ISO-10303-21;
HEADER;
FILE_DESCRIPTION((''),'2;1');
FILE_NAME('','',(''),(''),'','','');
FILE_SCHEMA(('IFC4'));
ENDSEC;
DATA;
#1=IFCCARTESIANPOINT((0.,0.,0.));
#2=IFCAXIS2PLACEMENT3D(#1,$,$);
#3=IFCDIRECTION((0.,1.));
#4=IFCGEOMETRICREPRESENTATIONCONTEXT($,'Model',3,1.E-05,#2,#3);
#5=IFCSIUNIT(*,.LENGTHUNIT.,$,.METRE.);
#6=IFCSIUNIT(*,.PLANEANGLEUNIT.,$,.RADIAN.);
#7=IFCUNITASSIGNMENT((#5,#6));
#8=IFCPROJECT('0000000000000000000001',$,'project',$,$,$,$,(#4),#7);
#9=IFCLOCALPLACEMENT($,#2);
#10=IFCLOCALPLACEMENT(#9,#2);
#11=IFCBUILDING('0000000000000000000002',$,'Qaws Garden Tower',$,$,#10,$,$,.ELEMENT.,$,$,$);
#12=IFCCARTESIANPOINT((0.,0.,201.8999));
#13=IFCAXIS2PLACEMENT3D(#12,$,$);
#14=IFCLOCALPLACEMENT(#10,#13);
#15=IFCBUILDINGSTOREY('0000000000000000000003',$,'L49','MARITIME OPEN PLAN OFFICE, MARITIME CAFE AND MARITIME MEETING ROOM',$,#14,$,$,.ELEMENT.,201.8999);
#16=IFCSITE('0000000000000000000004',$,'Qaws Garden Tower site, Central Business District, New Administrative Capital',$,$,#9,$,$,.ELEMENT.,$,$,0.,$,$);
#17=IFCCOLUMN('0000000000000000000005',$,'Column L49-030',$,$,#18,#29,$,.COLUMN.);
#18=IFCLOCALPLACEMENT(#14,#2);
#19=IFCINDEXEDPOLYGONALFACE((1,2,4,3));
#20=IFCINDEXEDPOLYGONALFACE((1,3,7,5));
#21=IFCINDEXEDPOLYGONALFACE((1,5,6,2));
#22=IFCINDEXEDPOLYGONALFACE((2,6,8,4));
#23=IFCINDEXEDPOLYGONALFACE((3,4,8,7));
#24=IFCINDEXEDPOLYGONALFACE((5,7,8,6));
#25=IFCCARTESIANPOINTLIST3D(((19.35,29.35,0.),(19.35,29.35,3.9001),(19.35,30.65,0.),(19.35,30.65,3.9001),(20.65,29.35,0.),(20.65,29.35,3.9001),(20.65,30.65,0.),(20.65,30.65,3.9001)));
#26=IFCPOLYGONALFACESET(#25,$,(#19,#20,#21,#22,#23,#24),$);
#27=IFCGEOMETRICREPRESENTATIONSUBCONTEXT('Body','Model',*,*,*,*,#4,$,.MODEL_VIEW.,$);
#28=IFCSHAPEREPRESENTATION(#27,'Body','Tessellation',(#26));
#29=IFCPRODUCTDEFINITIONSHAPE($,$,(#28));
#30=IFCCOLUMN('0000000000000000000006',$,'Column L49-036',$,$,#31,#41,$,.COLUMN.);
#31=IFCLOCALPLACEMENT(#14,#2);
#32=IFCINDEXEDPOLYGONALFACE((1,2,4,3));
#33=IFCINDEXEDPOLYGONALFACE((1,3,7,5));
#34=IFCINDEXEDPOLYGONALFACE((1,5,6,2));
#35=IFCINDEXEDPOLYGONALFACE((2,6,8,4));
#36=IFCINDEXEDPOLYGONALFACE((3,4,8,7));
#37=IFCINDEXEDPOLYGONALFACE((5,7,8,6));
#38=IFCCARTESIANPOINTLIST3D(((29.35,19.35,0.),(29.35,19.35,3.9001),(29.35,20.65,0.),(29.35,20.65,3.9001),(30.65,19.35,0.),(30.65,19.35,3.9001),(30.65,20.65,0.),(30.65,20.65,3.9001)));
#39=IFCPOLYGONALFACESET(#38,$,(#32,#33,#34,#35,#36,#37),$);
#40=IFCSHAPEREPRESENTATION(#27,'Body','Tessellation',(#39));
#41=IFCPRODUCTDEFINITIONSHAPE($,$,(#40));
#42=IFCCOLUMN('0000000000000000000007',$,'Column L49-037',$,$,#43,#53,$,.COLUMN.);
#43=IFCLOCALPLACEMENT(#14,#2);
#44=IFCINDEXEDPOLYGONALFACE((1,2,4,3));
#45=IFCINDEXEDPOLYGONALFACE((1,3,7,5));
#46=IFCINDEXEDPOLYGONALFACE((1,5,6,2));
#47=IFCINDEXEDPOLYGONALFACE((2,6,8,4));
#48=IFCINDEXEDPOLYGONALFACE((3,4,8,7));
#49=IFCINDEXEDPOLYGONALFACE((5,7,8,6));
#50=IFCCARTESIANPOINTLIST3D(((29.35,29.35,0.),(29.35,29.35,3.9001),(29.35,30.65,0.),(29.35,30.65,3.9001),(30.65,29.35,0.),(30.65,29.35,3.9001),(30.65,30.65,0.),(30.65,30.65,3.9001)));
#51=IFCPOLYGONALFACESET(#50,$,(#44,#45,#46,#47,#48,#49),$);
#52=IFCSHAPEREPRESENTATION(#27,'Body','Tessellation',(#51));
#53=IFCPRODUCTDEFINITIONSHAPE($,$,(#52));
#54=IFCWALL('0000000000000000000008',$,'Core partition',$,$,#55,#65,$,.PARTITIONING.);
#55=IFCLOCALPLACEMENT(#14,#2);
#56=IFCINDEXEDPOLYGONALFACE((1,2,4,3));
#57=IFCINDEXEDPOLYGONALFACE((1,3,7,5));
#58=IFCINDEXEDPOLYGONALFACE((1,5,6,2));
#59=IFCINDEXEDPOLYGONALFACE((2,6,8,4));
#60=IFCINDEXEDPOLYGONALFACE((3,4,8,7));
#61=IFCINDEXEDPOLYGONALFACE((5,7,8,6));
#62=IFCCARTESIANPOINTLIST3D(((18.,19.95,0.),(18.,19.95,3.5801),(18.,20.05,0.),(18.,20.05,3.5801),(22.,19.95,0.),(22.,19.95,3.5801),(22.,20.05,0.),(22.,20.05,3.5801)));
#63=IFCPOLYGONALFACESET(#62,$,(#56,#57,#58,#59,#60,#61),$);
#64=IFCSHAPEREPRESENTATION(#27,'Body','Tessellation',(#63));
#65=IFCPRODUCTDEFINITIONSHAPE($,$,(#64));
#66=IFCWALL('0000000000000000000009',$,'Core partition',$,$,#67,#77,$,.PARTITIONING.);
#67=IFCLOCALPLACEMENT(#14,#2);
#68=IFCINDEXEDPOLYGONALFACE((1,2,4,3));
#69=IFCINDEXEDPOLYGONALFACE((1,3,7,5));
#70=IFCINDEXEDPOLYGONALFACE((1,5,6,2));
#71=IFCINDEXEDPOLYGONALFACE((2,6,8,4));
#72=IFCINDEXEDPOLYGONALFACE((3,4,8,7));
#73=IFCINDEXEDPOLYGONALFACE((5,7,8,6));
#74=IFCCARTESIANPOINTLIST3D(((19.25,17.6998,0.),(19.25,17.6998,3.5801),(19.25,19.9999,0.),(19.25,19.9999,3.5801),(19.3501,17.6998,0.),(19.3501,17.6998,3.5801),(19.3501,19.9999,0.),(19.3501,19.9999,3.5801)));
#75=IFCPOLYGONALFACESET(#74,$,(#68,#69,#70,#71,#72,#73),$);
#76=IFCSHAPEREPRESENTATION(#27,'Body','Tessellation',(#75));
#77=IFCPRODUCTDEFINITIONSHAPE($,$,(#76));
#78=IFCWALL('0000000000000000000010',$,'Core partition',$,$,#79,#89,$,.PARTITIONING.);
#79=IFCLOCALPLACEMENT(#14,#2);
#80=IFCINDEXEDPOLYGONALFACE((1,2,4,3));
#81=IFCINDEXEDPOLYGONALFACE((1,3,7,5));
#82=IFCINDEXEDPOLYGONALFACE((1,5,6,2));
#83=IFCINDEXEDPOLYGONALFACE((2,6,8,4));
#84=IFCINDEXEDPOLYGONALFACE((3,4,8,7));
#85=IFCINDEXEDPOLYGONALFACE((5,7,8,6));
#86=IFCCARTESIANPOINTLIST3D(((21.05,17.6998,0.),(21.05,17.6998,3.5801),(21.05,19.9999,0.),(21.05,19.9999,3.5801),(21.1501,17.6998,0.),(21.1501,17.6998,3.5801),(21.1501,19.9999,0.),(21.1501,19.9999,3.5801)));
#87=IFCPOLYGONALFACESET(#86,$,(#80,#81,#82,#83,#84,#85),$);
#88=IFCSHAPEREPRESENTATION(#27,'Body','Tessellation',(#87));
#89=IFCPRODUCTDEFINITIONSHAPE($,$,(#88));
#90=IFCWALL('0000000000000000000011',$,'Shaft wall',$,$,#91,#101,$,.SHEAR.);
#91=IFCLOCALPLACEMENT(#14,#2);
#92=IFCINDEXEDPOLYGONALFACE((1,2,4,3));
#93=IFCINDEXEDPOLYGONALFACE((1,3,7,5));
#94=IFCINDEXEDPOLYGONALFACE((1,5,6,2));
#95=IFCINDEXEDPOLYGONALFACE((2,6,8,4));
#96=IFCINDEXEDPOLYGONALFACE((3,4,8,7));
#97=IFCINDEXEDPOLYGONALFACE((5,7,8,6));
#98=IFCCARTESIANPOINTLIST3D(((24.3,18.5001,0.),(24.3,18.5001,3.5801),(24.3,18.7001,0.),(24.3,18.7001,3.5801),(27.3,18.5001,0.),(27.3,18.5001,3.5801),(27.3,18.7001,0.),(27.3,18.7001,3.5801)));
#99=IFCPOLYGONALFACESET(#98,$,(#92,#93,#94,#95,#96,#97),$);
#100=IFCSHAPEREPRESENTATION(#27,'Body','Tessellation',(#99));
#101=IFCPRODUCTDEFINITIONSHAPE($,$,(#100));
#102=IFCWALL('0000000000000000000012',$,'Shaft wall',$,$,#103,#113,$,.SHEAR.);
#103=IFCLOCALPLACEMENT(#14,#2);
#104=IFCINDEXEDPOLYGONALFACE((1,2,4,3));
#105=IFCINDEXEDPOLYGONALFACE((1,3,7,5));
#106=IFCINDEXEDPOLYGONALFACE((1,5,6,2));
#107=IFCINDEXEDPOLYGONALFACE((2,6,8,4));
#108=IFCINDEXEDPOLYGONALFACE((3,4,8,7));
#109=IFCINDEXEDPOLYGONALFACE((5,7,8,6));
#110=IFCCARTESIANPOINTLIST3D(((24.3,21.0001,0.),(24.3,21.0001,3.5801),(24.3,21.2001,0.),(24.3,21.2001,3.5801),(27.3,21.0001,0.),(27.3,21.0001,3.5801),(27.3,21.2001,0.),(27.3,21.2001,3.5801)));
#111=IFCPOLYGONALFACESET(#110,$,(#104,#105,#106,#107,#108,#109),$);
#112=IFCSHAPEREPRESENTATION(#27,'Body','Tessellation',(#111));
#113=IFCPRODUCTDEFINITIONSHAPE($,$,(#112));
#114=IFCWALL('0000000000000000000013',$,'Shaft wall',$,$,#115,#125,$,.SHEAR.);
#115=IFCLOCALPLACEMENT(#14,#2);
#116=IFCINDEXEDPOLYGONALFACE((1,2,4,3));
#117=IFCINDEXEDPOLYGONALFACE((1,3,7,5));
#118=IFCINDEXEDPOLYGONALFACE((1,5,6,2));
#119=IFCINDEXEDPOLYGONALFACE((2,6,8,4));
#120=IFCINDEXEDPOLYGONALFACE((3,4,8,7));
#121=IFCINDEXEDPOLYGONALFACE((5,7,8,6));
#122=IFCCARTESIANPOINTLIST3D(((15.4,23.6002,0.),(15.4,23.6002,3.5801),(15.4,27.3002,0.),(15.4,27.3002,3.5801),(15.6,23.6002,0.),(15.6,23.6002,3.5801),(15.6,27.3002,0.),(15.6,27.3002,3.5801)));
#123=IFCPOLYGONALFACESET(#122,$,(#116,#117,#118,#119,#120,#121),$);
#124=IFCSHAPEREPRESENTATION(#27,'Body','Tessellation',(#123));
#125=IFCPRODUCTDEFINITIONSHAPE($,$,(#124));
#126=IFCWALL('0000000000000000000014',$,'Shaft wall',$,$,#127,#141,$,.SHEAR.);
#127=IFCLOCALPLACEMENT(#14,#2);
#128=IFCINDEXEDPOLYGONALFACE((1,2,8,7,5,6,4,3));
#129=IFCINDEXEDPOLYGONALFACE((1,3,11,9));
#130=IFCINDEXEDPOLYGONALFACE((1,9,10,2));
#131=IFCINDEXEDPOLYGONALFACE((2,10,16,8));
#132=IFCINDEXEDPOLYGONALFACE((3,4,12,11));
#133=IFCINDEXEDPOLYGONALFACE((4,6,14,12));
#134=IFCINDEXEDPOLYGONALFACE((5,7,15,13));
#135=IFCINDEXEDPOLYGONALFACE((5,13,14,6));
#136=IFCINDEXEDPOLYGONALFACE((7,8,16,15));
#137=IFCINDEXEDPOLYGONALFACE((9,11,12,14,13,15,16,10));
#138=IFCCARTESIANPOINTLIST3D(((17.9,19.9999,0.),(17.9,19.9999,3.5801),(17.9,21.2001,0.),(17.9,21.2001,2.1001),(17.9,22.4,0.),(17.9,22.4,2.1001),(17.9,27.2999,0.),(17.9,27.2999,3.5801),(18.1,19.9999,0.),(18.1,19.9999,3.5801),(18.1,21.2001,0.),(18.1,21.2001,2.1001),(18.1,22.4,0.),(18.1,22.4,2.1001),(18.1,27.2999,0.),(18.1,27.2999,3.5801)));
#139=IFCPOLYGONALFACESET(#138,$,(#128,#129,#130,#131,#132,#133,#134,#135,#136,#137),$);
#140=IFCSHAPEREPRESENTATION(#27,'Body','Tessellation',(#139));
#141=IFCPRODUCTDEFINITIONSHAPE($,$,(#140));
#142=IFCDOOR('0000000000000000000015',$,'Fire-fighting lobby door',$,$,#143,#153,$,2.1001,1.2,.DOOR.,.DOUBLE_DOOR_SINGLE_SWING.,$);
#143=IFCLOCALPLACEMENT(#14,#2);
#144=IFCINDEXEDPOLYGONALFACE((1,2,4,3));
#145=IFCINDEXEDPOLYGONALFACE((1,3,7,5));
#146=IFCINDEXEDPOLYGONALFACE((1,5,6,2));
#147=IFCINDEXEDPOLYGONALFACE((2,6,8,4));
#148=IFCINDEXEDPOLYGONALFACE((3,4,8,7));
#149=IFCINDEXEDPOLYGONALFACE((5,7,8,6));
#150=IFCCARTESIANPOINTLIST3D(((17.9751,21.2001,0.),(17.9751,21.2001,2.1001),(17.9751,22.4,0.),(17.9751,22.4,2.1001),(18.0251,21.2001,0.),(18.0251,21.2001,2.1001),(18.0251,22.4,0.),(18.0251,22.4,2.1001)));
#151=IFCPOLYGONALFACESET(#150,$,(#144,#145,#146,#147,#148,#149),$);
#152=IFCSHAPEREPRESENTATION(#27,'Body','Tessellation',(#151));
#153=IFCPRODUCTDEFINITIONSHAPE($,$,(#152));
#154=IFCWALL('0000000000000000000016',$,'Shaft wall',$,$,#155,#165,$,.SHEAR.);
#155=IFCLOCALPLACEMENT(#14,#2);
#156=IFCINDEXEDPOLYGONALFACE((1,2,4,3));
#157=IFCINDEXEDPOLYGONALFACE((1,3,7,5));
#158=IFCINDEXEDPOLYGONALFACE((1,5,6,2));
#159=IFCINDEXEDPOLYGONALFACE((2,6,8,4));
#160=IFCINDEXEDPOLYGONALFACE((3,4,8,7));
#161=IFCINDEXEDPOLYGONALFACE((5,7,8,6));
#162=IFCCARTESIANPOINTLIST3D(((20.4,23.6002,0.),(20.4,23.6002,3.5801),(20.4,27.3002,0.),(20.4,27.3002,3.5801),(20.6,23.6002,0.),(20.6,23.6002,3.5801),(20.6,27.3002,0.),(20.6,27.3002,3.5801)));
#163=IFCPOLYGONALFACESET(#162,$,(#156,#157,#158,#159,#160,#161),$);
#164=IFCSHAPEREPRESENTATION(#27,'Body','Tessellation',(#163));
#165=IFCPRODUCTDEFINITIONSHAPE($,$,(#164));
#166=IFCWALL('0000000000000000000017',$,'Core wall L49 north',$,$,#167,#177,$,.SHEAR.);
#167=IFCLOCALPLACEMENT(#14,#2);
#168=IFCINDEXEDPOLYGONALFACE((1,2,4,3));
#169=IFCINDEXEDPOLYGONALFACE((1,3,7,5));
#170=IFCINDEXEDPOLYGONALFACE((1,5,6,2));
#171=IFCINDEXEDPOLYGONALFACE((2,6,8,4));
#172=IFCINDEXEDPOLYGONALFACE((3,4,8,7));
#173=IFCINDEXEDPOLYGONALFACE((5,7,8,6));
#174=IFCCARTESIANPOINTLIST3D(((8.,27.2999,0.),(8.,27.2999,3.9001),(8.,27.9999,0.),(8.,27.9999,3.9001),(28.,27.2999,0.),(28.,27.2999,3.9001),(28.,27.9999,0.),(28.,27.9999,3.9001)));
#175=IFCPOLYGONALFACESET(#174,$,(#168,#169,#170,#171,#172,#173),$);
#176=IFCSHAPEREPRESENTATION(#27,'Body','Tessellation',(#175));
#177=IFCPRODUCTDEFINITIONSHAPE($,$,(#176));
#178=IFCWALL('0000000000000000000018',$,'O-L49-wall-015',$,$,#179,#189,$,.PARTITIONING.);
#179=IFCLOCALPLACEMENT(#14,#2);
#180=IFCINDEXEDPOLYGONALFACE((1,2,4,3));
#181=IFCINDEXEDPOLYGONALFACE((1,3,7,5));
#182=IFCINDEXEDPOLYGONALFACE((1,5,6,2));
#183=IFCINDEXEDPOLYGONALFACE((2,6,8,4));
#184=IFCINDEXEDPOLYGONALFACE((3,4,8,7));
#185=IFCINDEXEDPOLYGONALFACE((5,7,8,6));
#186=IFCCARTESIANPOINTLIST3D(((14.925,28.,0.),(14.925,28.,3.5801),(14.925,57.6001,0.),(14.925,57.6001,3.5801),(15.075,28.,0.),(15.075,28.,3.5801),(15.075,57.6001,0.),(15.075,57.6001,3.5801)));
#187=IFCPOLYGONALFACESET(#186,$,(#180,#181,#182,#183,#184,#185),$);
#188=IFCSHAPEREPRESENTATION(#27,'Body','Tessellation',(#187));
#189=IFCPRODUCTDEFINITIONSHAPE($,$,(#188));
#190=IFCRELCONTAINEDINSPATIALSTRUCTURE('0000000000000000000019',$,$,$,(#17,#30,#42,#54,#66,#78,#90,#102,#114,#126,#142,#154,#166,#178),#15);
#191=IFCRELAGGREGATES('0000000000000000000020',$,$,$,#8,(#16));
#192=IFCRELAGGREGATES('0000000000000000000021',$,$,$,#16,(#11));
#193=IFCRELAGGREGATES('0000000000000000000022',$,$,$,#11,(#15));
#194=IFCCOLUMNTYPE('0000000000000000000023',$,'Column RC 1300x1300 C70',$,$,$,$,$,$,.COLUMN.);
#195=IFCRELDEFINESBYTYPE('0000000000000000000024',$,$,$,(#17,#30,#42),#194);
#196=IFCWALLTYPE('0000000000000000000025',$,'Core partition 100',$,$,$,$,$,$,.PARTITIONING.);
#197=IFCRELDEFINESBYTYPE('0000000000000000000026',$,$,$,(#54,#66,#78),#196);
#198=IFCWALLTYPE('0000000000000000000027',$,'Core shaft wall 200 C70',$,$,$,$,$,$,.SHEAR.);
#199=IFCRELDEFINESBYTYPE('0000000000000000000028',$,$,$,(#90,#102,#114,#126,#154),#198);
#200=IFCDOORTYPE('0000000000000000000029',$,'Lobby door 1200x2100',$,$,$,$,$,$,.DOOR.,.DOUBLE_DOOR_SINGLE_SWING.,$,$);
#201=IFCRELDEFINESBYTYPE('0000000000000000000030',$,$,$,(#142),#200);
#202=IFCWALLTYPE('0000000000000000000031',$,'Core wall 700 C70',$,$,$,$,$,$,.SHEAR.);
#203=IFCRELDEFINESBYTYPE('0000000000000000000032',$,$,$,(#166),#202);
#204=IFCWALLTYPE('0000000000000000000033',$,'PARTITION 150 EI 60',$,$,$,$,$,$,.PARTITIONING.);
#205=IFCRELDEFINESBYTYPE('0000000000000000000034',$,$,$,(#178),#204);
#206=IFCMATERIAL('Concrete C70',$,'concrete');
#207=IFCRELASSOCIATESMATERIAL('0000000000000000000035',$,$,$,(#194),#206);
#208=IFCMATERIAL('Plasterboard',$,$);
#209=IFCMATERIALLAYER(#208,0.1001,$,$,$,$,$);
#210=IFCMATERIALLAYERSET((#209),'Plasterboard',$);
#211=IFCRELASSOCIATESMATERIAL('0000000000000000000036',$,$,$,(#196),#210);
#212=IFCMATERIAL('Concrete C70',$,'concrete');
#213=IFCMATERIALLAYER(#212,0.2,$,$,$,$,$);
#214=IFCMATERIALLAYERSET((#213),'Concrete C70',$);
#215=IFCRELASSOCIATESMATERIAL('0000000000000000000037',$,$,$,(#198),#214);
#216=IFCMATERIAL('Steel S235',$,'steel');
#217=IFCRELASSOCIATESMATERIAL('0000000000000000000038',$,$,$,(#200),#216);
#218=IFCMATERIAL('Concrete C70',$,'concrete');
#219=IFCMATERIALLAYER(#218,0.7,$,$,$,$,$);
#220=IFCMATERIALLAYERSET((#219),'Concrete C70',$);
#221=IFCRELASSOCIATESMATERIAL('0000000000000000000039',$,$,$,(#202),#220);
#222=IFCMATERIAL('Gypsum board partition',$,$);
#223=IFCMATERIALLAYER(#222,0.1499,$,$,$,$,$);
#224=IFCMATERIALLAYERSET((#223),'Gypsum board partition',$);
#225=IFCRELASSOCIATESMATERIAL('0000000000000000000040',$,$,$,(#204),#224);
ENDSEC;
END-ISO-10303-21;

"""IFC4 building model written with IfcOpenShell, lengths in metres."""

from ifc_helpers import new_model, si_unit, direction, frame, frame_2d, origin, origin_2d, place, context, subcontext, project, spatial, rectangle, extrude, material, layer, layer_set, material_profile, profile_set, type_object, element, fill, save


model = new_model("IFC4")

# Units and contexts
model_context = context("Model", 3, precision=1e-05, world=origin(), true_north=direction((0.0, 1.0)))
body_context = subcontext(model_context, "Body", "Model", "MODEL_VIEW")
ifc_project = project(units=[si_unit("LENGTHUNIT", "METRE"), si_unit("PLANEANGLEUNIT", "RADIAN")], contexts=[model_context])

# Site, building, storey
site_placement = place(None, origin())
site = spatial("IfcSite", under=ifc_project, at=site_placement, Name="Qaws Garden Tower site, Central Business District, New Administrative Capital", CompositionType="ELEMENT", RefElevation=0.0)
building_placement = place(site_placement, origin())
building = spatial("IfcBuilding", under=site, at=building_placement, Name="Qaws Garden Tower", CompositionType="ELEMENT")
storey_placement = place(building_placement, frame((0.0, 0.0, 201.8999)))
storey = spatial("IfcBuildingStorey", under=building, at=storey_placement, Name="L49", Description="MARITIME OPEN PLAN OFFICE, MARITIME CAFE AND MARITIME MEETING ROOM", CompositionType="ELEMENT", Elevation=201.8999)

# Columns
ifc_material_1 = material(Name="Concrete C70", Category="concrete")
ifc_material_profile = material_profile(ifc_material_1, rectangle(XDim=1.3, YDim=1.3, at=origin_2d()), Name="RC 1300x1300")
ifc_profile_set = profile_set([ifc_material_profile], Name="Concrete C70")
column_type = type_object("IfcColumnType", Name="Column RC 1300x1300 C70", PredefinedType="COLUMN", material=ifc_profile_set)
for number, where, z_axis, x_axis, name in (
    (1, (20.0, 30.0, 0.0), (0.0, 0.0, 1.0), (1.0, 0.0, 0.0), "Column L49-030"),
    (2, (30.0, 20.0, 0.0), (0.0, 0.0, 1.0), (1.0, 0.0, 0.0), "Column L49-036"),
    (3, (30.0, 30.0, 0.0), (0.0, 0.0, 1.0), (1.0, 0.0, 0.0), "Column L49-037"),
):
    element("IfcColumn", number, at=place(storey_placement, frame(where, z_axis=z_axis, x_axis=x_axis)), inside=storey, type_object=column_type, Name=name, PredefinedType="COLUMN", context=body_context, shape_type="SweptSolid", body=[
        extrude(rectangle(XDim=1.3, YDim=1.3, at=origin_2d()), origin(), (0.0, 0.0, 1.0), 3.9001),
    ])

# Walls
ifc_material_2 = material(Name="Plasterboard")
ifc_layer_1 = layer(ifc_material_2, 0.1001)
ifc_layer_set_1 = layer_set([ifc_layer_1], Name="Plasterboard")
wall_type_1 = type_object("IfcWallType", Name="Core partition 100", PredefinedType="PARTITIONING", material=ifc_layer_set_1)
wall_1_placement = place(storey_placement, frame((18.0, 20.0, 0.0), z_axis=(0.0, 0.0, 1.0), x_axis=(1.0, 0.0, 0.0)))
element("IfcWall", 4, at=wall_1_placement, inside=storey, type_object=wall_type_1, Name="Core partition", PredefinedType="PARTITIONING", context=body_context, shape_type="SweptSolid", body=[
    extrude(rectangle(XDim=4.0, YDim=0.1001, at=frame_2d((2.0, 0.0))), origin(), (0.0, 0.0, 1.0), 3.5801),
])
for number, where, z_axis, x_axis, name in (
    (5, (19.3, 17.7, 0.0), (0.0, 0.0, 1.0), (0.0, 1.0, 0.0), "Core partition"),
    (6, (21.1001, 17.7, 0.0), (0.0, 0.0, 1.0), (0.0, 1.0, 0.0), "Core partition"),
):
    element("IfcWall", number, at=place(storey_placement, frame(where, z_axis=z_axis, x_axis=x_axis)), inside=storey, type_object=wall_type_1, Name=name, PredefinedType="PARTITIONING", context=body_context, shape_type="SweptSolid", body=[
        extrude(rectangle(XDim=2.3, YDim=0.1001, at=frame_2d((1.1499, 0.0))), origin(), (0.0, 0.0, 1.0), 3.5801),
    ])
ifc_material_3 = material(Name="Concrete C70", Category="concrete")
ifc_layer_2 = layer(ifc_material_3, 0.2)
ifc_layer_set_2 = layer_set([ifc_layer_2], Name="Concrete C70")
wall_type_2 = type_object("IfcWallType", Name="Core shaft wall 200 C70", PredefinedType="SHEAR", material=ifc_layer_set_2)
for number, where, z_axis, x_axis, name in (
    (7, (24.3, 18.6001, 0.0), (0.0, 0.0, 1.0), (1.0, 0.0, 0.0), "Shaft wall"),
    (8, (24.3, 21.1001, 0.0), (0.0, 0.0, 1.0), (1.0, 0.0, 0.0), "Shaft wall"),
):
    element("IfcWall", number, at=place(storey_placement, frame(where, z_axis=z_axis, x_axis=x_axis)), inside=storey, type_object=wall_type_2, Name=name, PredefinedType="SHEAR", context=body_context, shape_type="SweptSolid", body=[
        extrude(rectangle(XDim=3.0, YDim=0.2, at=frame_2d((1.5, 0.0))), origin(), (0.0, 0.0, 1.0), 3.5801),
    ])
wall_2_placement = place(storey_placement, frame((15.5, 23.6001, 0.0), z_axis=(0.0, 0.0, 1.0), x_axis=(0.0, 1.0, 0.0)))
element("IfcWall", 9, at=wall_2_placement, inside=storey, type_object=wall_type_2, Name="Shaft wall", PredefinedType="SHEAR", context=body_context, shape_type="SweptSolid", body=[
    extrude(rectangle(XDim=3.7, YDim=0.2, at=frame_2d((1.8501, 0.0))), origin(), (0.0, 0.0, 1.0), 3.5801),
])

# Wall, opening, door
wall_3_placement = place(storey_placement, frame((18.0, 20.0, 0.0), z_axis=(0.0, 0.0, 1.0), x_axis=(0.0, 1.0, 0.0)))
wall_3 = element("IfcWall", 10, at=wall_3_placement, inside=storey, type_object=wall_type_2, Name="Shaft wall", PredefinedType="SHEAR", context=body_context, shape_type="SweptSolid", body=[
    extrude(rectangle(XDim=7.3, YDim=0.2, at=frame_2d((3.6499, 0.0))), origin(), (0.0, 0.0, 1.0), 3.5801),
])
opening_1_placement = place(wall_3_placement, frame((1.2, 0.0, 0.0)))
opening_1 = element("IfcOpeningElement", 11, at=opening_1_placement, cuts=wall_3, PredefinedType="OPENING", context=body_context, shape_type="SweptSolid", body=[
    extrude(rectangle(XDim=1.2, YDim=2.1001, at=frame_2d((0.6001, 1.05))), frame((0.0, 0.1099, 0.0), z_axis=(0.0, -1.0, 0.0), x_axis=(1.0, 0.0, 0.0)), (0.0, 0.0, 1.0), 0.22),
])
ifc_material_4 = material(Name="Steel S235", Category="steel")
door_type_1 = type_object("IfcDoorType", Name="Lobby door 1200x2100", OperationType="DOUBLE_DOOR_SINGLE_SWING", PredefinedType="DOOR", material=ifc_material_4)
door_1_placement = place(opening_1_placement, origin())
door_1 = element("IfcDoor", 12, at=door_1_placement, inside=storey, type_object=door_type_1, Name="Fire-fighting lobby door", OperationType="DOUBLE_DOOR_SINGLE_SWING", OverallHeight=2.1001, OverallWidth=1.2, PredefinedType="DOOR", context=body_context, shape_type="SweptSolid", body=[
    extrude(rectangle(XDim=1.2, YDim=2.1001, at=frame_2d((0.6001, 1.05))), frame((0.0, 0.0249, 0.0), z_axis=(0.0, -1.0, 0.0), x_axis=(1.0, 0.0, 0.0)), (0.0, 0.0, 1.0), 0.05),
])
fill(opening_1, door_1)

# Walls
wall_4_placement = place(storey_placement, frame((20.5, 23.6001, 0.0), z_axis=(0.0, 0.0, 1.0), x_axis=(0.0, 1.0, 0.0)))
element("IfcWall", 13, at=wall_4_placement, inside=storey, type_object=wall_type_2, Name="Shaft wall", PredefinedType="SHEAR", context=body_context, shape_type="SweptSolid", body=[
    extrude(rectangle(XDim=3.7, YDim=0.2, at=frame_2d((1.8501, 0.0))), origin(), (0.0, 0.0, 1.0), 3.5801),
])
ifc_material_5 = material(Name="Concrete C70", Category="concrete")
ifc_layer_3 = layer(ifc_material_5, 0.7)
ifc_layer_set_3 = layer_set([ifc_layer_3], Name="Concrete C70")
wall_type_3 = type_object("IfcWallType", Name="Core wall 700 C70", PredefinedType="SHEAR", material=ifc_layer_set_3)
wall_5_placement = place(storey_placement, frame((28.0, 27.6499, 0.0), z_axis=(0.0, 0.0, 1.0), x_axis=(-1.0, 0.0, 0.0)))
element("IfcWall", 14, at=wall_5_placement, inside=storey, type_object=wall_type_3, Name="Core wall L49 north", PredefinedType="SHEAR", context=body_context, shape_type="SweptSolid", body=[
    extrude(rectangle(XDim=20.0, YDim=0.7, at=frame_2d((10.0, 0.0))), origin(), (0.0, 0.0, 1.0), 3.9001),
])
ifc_material_6 = material(Name="Gypsum board partition")
ifc_layer_4 = layer(ifc_material_6, 0.1499)
ifc_layer_set_4 = layer_set([ifc_layer_4], Name="Gypsum board partition")
wall_type_4 = type_object("IfcWallType", Name="PARTITION 150 EI 60", PredefinedType="PARTITIONING", material=ifc_layer_set_4)
wall_6_placement = place(storey_placement, frame((15.0, 28.0, 0.0), z_axis=(0.0, 0.0, 1.0), x_axis=(0.0, 1.0, 0.0)))
element("IfcWall", 15, at=wall_6_placement, inside=storey, type_object=wall_type_4, Name="O-L49-wall-015", PredefinedType="PARTITIONING", context=body_context, shape_type="SweptSolid", body=[
    extrude(rectangle(XDim=29.6001, YDim=0.1499, at=frame_2d((14.8, 0.0))), origin(), (0.0, 0.0, 1.0), 3.5801),
])

save(model, "model.ifc")
